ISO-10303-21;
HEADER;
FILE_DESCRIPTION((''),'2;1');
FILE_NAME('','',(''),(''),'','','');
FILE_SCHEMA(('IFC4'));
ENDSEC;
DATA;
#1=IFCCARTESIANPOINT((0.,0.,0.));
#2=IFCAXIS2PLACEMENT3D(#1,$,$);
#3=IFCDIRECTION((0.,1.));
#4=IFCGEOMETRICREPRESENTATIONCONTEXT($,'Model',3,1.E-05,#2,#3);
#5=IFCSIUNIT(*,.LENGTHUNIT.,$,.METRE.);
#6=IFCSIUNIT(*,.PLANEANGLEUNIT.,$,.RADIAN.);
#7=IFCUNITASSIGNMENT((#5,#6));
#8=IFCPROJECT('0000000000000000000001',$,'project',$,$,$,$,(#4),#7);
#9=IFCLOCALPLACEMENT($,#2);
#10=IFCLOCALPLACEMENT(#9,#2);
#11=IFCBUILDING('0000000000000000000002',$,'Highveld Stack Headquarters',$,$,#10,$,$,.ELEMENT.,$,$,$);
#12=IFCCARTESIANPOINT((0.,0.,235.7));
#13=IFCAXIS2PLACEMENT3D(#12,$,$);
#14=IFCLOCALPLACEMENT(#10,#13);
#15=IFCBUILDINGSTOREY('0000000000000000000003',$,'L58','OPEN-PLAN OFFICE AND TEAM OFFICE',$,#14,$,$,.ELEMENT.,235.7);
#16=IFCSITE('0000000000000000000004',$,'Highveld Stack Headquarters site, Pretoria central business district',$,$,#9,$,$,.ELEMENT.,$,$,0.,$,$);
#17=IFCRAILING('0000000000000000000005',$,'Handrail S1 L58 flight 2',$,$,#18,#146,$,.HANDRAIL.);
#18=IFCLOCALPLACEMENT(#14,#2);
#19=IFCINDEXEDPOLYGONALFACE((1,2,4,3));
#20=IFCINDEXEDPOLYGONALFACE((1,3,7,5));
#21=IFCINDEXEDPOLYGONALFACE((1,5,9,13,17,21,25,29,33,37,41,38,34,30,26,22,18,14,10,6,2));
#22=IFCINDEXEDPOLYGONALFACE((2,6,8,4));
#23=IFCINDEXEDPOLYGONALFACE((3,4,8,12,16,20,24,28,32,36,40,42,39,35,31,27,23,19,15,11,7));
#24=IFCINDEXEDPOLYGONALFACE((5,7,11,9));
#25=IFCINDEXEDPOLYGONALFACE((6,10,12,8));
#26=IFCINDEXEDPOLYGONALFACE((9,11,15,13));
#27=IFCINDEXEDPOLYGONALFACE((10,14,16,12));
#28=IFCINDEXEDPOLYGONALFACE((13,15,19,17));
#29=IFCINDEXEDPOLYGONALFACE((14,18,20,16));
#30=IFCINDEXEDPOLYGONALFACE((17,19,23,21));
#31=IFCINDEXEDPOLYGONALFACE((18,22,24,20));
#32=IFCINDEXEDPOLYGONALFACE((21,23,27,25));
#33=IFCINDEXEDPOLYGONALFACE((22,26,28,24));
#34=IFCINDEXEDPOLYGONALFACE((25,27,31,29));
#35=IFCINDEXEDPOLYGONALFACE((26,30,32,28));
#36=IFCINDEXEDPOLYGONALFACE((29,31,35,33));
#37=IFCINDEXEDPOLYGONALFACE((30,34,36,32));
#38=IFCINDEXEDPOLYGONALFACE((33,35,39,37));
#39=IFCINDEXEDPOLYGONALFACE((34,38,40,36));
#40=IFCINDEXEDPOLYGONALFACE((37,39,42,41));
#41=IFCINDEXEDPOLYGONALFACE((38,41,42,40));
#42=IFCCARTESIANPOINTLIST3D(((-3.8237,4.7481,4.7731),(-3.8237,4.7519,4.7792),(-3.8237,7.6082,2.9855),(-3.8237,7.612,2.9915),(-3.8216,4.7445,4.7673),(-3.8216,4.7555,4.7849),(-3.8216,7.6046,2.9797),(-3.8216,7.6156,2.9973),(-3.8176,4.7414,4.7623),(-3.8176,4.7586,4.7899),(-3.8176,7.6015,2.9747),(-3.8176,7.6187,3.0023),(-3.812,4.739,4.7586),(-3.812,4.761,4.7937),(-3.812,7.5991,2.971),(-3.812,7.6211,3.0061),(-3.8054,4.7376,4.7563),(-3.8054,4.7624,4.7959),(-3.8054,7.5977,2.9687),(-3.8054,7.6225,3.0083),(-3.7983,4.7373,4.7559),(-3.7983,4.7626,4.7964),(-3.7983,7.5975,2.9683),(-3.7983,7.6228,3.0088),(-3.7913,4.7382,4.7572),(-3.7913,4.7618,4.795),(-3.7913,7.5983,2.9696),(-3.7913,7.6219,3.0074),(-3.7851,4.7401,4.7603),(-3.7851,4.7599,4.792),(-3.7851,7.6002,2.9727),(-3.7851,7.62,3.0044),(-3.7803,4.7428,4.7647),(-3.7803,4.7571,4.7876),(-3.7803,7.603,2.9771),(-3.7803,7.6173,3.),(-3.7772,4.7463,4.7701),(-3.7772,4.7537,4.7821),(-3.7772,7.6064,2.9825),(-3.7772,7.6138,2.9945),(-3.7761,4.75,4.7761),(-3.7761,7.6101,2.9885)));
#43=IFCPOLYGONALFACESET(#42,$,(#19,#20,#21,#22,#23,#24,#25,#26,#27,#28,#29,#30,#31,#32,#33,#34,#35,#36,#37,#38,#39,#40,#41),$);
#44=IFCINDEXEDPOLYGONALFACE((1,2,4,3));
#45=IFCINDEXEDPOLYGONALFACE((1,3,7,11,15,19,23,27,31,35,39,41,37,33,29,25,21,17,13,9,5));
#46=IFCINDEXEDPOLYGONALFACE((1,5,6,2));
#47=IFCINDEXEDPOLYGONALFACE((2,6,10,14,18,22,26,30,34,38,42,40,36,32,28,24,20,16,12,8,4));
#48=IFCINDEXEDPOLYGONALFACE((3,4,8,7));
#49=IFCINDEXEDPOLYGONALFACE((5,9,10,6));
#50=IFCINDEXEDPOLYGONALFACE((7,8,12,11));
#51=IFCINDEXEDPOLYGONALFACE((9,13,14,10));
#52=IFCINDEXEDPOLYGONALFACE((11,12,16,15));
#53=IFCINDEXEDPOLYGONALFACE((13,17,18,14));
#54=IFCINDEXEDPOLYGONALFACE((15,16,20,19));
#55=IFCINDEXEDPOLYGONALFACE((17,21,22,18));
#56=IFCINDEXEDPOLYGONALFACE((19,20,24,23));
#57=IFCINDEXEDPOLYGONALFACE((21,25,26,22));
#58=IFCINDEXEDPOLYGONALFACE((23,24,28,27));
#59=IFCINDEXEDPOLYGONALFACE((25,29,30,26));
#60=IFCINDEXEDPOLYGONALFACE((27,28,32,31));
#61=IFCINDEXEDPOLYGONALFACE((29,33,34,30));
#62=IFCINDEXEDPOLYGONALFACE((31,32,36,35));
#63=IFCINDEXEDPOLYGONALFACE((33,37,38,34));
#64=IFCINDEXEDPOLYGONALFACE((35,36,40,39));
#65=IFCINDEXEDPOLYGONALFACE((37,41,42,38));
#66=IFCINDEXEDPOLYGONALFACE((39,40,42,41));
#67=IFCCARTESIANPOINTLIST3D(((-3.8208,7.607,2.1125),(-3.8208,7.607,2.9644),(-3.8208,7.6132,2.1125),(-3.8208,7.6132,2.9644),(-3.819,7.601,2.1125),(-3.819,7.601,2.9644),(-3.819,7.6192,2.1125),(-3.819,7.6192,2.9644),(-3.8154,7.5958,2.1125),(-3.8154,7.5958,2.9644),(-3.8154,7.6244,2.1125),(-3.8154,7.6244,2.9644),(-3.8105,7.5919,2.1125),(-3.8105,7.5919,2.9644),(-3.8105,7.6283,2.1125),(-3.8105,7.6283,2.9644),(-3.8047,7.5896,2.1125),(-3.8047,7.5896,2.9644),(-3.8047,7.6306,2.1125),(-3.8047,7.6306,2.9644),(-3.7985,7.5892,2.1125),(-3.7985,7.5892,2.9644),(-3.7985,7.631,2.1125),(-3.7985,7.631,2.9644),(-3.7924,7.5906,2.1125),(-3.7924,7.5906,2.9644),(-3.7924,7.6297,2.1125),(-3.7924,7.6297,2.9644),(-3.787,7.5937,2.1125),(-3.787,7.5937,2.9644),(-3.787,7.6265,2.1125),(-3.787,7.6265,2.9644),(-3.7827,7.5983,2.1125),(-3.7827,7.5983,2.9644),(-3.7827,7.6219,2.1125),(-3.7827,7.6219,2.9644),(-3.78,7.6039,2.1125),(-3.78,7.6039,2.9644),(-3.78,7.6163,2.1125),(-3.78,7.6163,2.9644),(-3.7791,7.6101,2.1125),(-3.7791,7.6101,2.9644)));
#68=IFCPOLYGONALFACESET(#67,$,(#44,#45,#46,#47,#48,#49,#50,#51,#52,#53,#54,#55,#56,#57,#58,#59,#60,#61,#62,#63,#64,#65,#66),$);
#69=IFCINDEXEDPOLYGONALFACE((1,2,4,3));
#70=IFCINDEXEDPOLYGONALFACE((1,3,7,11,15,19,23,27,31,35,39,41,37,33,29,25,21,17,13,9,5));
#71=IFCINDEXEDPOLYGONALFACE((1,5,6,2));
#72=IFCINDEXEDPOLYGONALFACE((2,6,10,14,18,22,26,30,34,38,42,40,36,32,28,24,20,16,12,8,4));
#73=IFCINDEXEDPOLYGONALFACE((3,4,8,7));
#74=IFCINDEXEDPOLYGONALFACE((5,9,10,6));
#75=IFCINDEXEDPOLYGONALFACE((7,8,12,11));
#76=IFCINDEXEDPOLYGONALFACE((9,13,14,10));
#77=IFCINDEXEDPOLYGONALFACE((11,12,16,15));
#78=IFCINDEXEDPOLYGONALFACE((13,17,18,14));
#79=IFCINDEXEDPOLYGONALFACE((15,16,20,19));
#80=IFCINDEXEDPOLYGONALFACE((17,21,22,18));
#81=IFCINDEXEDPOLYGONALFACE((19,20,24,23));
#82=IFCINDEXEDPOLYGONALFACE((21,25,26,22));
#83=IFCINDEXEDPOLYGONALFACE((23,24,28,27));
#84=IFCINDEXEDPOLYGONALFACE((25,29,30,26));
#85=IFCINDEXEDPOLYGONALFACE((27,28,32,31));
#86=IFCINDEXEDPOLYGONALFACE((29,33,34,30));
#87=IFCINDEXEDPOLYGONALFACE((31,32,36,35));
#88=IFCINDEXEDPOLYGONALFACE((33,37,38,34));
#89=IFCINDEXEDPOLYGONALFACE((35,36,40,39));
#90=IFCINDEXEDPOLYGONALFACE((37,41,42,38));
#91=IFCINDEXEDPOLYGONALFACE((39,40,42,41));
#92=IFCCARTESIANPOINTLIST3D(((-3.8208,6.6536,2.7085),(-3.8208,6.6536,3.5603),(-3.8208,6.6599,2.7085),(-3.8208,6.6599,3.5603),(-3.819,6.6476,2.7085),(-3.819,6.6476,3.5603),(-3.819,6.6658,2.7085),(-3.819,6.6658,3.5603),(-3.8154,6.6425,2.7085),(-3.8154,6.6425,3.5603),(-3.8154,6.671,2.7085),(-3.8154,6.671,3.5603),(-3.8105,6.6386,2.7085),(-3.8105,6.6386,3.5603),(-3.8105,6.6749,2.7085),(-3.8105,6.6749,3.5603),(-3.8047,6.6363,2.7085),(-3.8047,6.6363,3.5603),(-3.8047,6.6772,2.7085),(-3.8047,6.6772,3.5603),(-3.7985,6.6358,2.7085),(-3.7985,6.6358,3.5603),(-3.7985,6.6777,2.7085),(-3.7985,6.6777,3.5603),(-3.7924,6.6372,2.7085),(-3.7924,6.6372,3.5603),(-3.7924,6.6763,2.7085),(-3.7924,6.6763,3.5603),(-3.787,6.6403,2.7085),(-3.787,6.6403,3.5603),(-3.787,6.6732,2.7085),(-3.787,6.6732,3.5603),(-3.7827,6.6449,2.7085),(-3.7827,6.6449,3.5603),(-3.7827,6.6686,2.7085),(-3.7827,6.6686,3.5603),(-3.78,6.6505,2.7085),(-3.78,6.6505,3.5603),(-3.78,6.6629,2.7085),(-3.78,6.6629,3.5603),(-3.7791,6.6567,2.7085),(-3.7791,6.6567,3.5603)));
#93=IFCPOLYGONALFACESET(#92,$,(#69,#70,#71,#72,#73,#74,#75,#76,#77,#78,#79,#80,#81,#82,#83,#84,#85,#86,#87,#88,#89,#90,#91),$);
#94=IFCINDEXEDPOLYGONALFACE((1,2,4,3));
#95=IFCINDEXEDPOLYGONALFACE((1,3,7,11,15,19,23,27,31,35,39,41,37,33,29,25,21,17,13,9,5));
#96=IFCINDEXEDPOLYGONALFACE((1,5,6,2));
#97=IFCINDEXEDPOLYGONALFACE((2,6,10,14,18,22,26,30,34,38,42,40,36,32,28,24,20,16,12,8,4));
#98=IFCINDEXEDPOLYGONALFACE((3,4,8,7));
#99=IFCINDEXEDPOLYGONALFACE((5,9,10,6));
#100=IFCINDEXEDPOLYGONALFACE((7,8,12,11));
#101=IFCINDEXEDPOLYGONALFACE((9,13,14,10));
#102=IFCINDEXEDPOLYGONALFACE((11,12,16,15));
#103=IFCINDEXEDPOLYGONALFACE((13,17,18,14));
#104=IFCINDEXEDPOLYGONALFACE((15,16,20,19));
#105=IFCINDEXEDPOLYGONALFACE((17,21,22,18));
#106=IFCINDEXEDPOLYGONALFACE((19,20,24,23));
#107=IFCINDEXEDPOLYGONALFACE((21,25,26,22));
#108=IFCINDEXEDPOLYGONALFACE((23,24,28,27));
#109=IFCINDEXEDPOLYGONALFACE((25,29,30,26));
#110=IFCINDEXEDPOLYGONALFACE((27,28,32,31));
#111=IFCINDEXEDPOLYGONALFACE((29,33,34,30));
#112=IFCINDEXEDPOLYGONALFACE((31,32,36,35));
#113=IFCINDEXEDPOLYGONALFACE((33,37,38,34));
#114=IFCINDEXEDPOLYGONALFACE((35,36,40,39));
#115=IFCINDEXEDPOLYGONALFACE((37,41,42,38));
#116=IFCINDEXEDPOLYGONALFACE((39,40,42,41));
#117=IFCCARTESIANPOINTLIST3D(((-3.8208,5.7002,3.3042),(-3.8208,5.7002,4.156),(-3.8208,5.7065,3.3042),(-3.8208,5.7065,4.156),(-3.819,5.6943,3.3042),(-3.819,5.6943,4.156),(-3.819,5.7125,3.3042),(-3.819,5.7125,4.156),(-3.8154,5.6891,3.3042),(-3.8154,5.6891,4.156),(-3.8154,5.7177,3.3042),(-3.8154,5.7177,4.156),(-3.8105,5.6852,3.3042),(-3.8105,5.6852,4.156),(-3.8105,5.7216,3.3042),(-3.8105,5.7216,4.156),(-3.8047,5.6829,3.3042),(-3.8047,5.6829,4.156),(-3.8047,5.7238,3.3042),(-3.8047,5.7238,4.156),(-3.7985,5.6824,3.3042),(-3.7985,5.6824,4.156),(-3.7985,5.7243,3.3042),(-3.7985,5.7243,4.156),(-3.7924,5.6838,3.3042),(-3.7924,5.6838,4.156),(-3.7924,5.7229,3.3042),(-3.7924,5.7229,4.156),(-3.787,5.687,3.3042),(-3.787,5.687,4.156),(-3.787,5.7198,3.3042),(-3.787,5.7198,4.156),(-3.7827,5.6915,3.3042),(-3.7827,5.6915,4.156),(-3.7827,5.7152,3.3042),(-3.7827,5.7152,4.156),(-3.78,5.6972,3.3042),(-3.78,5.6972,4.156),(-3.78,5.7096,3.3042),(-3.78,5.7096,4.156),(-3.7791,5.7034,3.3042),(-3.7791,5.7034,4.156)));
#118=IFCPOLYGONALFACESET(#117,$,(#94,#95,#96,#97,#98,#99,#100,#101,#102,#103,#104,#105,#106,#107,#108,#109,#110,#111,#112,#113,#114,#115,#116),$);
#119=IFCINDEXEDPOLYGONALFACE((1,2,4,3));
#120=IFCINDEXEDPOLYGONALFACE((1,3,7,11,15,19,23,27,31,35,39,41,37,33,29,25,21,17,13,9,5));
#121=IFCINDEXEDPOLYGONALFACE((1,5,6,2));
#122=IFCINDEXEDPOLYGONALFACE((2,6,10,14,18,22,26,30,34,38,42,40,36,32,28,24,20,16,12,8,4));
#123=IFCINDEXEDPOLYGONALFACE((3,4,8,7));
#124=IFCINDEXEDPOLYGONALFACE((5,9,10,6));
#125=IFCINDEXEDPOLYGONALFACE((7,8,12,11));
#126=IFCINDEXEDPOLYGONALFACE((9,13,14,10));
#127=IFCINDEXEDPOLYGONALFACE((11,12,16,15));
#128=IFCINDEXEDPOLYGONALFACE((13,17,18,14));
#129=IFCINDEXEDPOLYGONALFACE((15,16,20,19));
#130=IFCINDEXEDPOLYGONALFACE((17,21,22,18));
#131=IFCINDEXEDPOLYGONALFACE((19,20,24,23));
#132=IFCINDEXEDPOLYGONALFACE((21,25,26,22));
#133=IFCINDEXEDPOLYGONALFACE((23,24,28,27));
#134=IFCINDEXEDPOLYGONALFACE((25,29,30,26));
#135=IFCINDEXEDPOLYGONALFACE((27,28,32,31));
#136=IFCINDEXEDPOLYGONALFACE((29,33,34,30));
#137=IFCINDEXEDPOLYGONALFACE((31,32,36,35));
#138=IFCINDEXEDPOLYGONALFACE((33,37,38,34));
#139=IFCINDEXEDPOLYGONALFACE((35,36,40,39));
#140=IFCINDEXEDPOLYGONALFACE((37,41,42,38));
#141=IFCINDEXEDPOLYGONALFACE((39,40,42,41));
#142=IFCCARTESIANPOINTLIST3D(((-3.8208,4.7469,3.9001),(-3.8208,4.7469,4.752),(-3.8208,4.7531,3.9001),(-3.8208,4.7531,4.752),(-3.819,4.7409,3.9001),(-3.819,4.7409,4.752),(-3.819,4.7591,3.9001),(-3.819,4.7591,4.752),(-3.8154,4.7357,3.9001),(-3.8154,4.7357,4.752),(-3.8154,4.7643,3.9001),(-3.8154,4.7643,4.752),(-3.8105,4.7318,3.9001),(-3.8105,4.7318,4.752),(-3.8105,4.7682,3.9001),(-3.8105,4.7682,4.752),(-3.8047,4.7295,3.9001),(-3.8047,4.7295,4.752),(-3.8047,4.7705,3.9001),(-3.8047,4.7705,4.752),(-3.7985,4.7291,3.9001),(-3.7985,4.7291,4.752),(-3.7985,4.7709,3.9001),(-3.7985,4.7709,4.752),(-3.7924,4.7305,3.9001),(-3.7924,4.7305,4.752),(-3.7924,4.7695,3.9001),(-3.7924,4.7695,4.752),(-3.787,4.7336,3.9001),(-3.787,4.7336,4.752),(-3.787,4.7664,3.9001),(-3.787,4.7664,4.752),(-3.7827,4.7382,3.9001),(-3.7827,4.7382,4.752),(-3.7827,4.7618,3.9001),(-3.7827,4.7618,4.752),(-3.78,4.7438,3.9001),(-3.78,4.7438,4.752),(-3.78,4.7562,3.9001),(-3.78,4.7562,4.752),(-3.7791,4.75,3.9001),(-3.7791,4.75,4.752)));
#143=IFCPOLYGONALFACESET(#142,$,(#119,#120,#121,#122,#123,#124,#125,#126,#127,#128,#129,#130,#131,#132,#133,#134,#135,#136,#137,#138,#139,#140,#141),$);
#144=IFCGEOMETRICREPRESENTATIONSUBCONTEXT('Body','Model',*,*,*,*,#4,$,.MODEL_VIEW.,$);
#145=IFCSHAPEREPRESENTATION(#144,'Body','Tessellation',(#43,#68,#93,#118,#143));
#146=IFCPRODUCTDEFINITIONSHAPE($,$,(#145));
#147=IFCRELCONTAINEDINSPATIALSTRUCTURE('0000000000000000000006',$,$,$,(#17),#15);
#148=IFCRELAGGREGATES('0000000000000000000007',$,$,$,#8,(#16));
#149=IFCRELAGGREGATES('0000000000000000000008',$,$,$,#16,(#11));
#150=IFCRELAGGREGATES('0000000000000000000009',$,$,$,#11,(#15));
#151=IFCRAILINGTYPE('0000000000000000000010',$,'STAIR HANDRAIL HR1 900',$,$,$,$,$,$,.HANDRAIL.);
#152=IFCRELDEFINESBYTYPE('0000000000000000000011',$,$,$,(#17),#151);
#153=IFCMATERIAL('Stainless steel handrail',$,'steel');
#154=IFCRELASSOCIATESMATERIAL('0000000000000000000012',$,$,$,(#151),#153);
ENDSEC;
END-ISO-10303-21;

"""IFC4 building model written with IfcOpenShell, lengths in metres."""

from ifc_helpers import new_model, si_unit, direction, frame, origin, origin_2d, place, context, subcontext, project, spatial, circle, extrude, material, type_object, element, save


model = new_model("IFC4")

# Units and contexts
model_context = context("Model", 3, precision=1e-05, world=origin(), true_north=direction((0.0, 1.0)))
body_context = subcontext(model_context, "Body", "Model", "MODEL_VIEW")
ifc_project = project(units=[si_unit("LENGTHUNIT", "METRE"), si_unit("PLANEANGLEUNIT", "RADIAN")], contexts=[model_context])

# Site, building, storey
site_placement = place(None, origin())
site = spatial("IfcSite", under=ifc_project, at=site_placement, Name="Highveld Stack Headquarters site, Pretoria central business district", CompositionType="ELEMENT", RefElevation=0.0)
building_placement = place(site_placement, origin())
building = spatial("IfcBuilding", under=site, at=building_placement, Name="Highveld Stack Headquarters", CompositionType="ELEMENT")
storey_placement = place(building_placement, frame((0.0, 0.0, 235.7)))
storey = spatial("IfcBuildingStorey", under=building, at=storey_placement, Name="L58", Description="OPEN-PLAN OFFICE AND TEAM OFFICE", CompositionType="ELEMENT", Elevation=235.7)

# Railing
ifc_material_1 = material(Name="Stainless steel handrail", Category="steel")
railing_type = type_object("IfcRailingType", Name="STAIR HANDRAIL HR1 900", PredefinedType="HANDRAIL", material=ifc_material_1)
for number, where, name in (
    (1, (-3.8, 7.6101, 2.1125), "Handrail S1 L58 flight 2"),
):
    element("IfcRailing", number, at=place(storey_placement, frame(where)), inside=storey, type_object=railing_type, Name=name, PredefinedType="HANDRAIL", context=body_context, shape_type="SweptSolid", body=[
        extrude(circle(Radius=0.0239, at=origin_2d()), frame((0.0, 0.0, 0.876), z_axis=(0.0, -0.847994, 0.530005), x_axis=(1.0, 0.0, 0.0)), (0.0, 0.0, 1.0), 3.3728),
        extrude(circle(Radius=0.021, at=origin_2d()), origin(), (0.0, 0.0, 1.0), 0.8518),
        extrude(circle(Radius=0.021, at=origin_2d()), frame((0.0, -0.9534, 0.5959)), (0.0, 0.0, 1.0), 0.8518),
        extrude(circle(Radius=0.021, at=origin_2d()), frame((0.0, -1.9067, 1.1917)), (0.0, 0.0, 1.0), 0.8518),
        extrude(circle(Radius=0.021, at=origin_2d()), frame((0.0, -2.8601, 1.7876)), (0.0, 0.0, 1.0), 0.8518),
    ])

save(model, "model.ifc")
